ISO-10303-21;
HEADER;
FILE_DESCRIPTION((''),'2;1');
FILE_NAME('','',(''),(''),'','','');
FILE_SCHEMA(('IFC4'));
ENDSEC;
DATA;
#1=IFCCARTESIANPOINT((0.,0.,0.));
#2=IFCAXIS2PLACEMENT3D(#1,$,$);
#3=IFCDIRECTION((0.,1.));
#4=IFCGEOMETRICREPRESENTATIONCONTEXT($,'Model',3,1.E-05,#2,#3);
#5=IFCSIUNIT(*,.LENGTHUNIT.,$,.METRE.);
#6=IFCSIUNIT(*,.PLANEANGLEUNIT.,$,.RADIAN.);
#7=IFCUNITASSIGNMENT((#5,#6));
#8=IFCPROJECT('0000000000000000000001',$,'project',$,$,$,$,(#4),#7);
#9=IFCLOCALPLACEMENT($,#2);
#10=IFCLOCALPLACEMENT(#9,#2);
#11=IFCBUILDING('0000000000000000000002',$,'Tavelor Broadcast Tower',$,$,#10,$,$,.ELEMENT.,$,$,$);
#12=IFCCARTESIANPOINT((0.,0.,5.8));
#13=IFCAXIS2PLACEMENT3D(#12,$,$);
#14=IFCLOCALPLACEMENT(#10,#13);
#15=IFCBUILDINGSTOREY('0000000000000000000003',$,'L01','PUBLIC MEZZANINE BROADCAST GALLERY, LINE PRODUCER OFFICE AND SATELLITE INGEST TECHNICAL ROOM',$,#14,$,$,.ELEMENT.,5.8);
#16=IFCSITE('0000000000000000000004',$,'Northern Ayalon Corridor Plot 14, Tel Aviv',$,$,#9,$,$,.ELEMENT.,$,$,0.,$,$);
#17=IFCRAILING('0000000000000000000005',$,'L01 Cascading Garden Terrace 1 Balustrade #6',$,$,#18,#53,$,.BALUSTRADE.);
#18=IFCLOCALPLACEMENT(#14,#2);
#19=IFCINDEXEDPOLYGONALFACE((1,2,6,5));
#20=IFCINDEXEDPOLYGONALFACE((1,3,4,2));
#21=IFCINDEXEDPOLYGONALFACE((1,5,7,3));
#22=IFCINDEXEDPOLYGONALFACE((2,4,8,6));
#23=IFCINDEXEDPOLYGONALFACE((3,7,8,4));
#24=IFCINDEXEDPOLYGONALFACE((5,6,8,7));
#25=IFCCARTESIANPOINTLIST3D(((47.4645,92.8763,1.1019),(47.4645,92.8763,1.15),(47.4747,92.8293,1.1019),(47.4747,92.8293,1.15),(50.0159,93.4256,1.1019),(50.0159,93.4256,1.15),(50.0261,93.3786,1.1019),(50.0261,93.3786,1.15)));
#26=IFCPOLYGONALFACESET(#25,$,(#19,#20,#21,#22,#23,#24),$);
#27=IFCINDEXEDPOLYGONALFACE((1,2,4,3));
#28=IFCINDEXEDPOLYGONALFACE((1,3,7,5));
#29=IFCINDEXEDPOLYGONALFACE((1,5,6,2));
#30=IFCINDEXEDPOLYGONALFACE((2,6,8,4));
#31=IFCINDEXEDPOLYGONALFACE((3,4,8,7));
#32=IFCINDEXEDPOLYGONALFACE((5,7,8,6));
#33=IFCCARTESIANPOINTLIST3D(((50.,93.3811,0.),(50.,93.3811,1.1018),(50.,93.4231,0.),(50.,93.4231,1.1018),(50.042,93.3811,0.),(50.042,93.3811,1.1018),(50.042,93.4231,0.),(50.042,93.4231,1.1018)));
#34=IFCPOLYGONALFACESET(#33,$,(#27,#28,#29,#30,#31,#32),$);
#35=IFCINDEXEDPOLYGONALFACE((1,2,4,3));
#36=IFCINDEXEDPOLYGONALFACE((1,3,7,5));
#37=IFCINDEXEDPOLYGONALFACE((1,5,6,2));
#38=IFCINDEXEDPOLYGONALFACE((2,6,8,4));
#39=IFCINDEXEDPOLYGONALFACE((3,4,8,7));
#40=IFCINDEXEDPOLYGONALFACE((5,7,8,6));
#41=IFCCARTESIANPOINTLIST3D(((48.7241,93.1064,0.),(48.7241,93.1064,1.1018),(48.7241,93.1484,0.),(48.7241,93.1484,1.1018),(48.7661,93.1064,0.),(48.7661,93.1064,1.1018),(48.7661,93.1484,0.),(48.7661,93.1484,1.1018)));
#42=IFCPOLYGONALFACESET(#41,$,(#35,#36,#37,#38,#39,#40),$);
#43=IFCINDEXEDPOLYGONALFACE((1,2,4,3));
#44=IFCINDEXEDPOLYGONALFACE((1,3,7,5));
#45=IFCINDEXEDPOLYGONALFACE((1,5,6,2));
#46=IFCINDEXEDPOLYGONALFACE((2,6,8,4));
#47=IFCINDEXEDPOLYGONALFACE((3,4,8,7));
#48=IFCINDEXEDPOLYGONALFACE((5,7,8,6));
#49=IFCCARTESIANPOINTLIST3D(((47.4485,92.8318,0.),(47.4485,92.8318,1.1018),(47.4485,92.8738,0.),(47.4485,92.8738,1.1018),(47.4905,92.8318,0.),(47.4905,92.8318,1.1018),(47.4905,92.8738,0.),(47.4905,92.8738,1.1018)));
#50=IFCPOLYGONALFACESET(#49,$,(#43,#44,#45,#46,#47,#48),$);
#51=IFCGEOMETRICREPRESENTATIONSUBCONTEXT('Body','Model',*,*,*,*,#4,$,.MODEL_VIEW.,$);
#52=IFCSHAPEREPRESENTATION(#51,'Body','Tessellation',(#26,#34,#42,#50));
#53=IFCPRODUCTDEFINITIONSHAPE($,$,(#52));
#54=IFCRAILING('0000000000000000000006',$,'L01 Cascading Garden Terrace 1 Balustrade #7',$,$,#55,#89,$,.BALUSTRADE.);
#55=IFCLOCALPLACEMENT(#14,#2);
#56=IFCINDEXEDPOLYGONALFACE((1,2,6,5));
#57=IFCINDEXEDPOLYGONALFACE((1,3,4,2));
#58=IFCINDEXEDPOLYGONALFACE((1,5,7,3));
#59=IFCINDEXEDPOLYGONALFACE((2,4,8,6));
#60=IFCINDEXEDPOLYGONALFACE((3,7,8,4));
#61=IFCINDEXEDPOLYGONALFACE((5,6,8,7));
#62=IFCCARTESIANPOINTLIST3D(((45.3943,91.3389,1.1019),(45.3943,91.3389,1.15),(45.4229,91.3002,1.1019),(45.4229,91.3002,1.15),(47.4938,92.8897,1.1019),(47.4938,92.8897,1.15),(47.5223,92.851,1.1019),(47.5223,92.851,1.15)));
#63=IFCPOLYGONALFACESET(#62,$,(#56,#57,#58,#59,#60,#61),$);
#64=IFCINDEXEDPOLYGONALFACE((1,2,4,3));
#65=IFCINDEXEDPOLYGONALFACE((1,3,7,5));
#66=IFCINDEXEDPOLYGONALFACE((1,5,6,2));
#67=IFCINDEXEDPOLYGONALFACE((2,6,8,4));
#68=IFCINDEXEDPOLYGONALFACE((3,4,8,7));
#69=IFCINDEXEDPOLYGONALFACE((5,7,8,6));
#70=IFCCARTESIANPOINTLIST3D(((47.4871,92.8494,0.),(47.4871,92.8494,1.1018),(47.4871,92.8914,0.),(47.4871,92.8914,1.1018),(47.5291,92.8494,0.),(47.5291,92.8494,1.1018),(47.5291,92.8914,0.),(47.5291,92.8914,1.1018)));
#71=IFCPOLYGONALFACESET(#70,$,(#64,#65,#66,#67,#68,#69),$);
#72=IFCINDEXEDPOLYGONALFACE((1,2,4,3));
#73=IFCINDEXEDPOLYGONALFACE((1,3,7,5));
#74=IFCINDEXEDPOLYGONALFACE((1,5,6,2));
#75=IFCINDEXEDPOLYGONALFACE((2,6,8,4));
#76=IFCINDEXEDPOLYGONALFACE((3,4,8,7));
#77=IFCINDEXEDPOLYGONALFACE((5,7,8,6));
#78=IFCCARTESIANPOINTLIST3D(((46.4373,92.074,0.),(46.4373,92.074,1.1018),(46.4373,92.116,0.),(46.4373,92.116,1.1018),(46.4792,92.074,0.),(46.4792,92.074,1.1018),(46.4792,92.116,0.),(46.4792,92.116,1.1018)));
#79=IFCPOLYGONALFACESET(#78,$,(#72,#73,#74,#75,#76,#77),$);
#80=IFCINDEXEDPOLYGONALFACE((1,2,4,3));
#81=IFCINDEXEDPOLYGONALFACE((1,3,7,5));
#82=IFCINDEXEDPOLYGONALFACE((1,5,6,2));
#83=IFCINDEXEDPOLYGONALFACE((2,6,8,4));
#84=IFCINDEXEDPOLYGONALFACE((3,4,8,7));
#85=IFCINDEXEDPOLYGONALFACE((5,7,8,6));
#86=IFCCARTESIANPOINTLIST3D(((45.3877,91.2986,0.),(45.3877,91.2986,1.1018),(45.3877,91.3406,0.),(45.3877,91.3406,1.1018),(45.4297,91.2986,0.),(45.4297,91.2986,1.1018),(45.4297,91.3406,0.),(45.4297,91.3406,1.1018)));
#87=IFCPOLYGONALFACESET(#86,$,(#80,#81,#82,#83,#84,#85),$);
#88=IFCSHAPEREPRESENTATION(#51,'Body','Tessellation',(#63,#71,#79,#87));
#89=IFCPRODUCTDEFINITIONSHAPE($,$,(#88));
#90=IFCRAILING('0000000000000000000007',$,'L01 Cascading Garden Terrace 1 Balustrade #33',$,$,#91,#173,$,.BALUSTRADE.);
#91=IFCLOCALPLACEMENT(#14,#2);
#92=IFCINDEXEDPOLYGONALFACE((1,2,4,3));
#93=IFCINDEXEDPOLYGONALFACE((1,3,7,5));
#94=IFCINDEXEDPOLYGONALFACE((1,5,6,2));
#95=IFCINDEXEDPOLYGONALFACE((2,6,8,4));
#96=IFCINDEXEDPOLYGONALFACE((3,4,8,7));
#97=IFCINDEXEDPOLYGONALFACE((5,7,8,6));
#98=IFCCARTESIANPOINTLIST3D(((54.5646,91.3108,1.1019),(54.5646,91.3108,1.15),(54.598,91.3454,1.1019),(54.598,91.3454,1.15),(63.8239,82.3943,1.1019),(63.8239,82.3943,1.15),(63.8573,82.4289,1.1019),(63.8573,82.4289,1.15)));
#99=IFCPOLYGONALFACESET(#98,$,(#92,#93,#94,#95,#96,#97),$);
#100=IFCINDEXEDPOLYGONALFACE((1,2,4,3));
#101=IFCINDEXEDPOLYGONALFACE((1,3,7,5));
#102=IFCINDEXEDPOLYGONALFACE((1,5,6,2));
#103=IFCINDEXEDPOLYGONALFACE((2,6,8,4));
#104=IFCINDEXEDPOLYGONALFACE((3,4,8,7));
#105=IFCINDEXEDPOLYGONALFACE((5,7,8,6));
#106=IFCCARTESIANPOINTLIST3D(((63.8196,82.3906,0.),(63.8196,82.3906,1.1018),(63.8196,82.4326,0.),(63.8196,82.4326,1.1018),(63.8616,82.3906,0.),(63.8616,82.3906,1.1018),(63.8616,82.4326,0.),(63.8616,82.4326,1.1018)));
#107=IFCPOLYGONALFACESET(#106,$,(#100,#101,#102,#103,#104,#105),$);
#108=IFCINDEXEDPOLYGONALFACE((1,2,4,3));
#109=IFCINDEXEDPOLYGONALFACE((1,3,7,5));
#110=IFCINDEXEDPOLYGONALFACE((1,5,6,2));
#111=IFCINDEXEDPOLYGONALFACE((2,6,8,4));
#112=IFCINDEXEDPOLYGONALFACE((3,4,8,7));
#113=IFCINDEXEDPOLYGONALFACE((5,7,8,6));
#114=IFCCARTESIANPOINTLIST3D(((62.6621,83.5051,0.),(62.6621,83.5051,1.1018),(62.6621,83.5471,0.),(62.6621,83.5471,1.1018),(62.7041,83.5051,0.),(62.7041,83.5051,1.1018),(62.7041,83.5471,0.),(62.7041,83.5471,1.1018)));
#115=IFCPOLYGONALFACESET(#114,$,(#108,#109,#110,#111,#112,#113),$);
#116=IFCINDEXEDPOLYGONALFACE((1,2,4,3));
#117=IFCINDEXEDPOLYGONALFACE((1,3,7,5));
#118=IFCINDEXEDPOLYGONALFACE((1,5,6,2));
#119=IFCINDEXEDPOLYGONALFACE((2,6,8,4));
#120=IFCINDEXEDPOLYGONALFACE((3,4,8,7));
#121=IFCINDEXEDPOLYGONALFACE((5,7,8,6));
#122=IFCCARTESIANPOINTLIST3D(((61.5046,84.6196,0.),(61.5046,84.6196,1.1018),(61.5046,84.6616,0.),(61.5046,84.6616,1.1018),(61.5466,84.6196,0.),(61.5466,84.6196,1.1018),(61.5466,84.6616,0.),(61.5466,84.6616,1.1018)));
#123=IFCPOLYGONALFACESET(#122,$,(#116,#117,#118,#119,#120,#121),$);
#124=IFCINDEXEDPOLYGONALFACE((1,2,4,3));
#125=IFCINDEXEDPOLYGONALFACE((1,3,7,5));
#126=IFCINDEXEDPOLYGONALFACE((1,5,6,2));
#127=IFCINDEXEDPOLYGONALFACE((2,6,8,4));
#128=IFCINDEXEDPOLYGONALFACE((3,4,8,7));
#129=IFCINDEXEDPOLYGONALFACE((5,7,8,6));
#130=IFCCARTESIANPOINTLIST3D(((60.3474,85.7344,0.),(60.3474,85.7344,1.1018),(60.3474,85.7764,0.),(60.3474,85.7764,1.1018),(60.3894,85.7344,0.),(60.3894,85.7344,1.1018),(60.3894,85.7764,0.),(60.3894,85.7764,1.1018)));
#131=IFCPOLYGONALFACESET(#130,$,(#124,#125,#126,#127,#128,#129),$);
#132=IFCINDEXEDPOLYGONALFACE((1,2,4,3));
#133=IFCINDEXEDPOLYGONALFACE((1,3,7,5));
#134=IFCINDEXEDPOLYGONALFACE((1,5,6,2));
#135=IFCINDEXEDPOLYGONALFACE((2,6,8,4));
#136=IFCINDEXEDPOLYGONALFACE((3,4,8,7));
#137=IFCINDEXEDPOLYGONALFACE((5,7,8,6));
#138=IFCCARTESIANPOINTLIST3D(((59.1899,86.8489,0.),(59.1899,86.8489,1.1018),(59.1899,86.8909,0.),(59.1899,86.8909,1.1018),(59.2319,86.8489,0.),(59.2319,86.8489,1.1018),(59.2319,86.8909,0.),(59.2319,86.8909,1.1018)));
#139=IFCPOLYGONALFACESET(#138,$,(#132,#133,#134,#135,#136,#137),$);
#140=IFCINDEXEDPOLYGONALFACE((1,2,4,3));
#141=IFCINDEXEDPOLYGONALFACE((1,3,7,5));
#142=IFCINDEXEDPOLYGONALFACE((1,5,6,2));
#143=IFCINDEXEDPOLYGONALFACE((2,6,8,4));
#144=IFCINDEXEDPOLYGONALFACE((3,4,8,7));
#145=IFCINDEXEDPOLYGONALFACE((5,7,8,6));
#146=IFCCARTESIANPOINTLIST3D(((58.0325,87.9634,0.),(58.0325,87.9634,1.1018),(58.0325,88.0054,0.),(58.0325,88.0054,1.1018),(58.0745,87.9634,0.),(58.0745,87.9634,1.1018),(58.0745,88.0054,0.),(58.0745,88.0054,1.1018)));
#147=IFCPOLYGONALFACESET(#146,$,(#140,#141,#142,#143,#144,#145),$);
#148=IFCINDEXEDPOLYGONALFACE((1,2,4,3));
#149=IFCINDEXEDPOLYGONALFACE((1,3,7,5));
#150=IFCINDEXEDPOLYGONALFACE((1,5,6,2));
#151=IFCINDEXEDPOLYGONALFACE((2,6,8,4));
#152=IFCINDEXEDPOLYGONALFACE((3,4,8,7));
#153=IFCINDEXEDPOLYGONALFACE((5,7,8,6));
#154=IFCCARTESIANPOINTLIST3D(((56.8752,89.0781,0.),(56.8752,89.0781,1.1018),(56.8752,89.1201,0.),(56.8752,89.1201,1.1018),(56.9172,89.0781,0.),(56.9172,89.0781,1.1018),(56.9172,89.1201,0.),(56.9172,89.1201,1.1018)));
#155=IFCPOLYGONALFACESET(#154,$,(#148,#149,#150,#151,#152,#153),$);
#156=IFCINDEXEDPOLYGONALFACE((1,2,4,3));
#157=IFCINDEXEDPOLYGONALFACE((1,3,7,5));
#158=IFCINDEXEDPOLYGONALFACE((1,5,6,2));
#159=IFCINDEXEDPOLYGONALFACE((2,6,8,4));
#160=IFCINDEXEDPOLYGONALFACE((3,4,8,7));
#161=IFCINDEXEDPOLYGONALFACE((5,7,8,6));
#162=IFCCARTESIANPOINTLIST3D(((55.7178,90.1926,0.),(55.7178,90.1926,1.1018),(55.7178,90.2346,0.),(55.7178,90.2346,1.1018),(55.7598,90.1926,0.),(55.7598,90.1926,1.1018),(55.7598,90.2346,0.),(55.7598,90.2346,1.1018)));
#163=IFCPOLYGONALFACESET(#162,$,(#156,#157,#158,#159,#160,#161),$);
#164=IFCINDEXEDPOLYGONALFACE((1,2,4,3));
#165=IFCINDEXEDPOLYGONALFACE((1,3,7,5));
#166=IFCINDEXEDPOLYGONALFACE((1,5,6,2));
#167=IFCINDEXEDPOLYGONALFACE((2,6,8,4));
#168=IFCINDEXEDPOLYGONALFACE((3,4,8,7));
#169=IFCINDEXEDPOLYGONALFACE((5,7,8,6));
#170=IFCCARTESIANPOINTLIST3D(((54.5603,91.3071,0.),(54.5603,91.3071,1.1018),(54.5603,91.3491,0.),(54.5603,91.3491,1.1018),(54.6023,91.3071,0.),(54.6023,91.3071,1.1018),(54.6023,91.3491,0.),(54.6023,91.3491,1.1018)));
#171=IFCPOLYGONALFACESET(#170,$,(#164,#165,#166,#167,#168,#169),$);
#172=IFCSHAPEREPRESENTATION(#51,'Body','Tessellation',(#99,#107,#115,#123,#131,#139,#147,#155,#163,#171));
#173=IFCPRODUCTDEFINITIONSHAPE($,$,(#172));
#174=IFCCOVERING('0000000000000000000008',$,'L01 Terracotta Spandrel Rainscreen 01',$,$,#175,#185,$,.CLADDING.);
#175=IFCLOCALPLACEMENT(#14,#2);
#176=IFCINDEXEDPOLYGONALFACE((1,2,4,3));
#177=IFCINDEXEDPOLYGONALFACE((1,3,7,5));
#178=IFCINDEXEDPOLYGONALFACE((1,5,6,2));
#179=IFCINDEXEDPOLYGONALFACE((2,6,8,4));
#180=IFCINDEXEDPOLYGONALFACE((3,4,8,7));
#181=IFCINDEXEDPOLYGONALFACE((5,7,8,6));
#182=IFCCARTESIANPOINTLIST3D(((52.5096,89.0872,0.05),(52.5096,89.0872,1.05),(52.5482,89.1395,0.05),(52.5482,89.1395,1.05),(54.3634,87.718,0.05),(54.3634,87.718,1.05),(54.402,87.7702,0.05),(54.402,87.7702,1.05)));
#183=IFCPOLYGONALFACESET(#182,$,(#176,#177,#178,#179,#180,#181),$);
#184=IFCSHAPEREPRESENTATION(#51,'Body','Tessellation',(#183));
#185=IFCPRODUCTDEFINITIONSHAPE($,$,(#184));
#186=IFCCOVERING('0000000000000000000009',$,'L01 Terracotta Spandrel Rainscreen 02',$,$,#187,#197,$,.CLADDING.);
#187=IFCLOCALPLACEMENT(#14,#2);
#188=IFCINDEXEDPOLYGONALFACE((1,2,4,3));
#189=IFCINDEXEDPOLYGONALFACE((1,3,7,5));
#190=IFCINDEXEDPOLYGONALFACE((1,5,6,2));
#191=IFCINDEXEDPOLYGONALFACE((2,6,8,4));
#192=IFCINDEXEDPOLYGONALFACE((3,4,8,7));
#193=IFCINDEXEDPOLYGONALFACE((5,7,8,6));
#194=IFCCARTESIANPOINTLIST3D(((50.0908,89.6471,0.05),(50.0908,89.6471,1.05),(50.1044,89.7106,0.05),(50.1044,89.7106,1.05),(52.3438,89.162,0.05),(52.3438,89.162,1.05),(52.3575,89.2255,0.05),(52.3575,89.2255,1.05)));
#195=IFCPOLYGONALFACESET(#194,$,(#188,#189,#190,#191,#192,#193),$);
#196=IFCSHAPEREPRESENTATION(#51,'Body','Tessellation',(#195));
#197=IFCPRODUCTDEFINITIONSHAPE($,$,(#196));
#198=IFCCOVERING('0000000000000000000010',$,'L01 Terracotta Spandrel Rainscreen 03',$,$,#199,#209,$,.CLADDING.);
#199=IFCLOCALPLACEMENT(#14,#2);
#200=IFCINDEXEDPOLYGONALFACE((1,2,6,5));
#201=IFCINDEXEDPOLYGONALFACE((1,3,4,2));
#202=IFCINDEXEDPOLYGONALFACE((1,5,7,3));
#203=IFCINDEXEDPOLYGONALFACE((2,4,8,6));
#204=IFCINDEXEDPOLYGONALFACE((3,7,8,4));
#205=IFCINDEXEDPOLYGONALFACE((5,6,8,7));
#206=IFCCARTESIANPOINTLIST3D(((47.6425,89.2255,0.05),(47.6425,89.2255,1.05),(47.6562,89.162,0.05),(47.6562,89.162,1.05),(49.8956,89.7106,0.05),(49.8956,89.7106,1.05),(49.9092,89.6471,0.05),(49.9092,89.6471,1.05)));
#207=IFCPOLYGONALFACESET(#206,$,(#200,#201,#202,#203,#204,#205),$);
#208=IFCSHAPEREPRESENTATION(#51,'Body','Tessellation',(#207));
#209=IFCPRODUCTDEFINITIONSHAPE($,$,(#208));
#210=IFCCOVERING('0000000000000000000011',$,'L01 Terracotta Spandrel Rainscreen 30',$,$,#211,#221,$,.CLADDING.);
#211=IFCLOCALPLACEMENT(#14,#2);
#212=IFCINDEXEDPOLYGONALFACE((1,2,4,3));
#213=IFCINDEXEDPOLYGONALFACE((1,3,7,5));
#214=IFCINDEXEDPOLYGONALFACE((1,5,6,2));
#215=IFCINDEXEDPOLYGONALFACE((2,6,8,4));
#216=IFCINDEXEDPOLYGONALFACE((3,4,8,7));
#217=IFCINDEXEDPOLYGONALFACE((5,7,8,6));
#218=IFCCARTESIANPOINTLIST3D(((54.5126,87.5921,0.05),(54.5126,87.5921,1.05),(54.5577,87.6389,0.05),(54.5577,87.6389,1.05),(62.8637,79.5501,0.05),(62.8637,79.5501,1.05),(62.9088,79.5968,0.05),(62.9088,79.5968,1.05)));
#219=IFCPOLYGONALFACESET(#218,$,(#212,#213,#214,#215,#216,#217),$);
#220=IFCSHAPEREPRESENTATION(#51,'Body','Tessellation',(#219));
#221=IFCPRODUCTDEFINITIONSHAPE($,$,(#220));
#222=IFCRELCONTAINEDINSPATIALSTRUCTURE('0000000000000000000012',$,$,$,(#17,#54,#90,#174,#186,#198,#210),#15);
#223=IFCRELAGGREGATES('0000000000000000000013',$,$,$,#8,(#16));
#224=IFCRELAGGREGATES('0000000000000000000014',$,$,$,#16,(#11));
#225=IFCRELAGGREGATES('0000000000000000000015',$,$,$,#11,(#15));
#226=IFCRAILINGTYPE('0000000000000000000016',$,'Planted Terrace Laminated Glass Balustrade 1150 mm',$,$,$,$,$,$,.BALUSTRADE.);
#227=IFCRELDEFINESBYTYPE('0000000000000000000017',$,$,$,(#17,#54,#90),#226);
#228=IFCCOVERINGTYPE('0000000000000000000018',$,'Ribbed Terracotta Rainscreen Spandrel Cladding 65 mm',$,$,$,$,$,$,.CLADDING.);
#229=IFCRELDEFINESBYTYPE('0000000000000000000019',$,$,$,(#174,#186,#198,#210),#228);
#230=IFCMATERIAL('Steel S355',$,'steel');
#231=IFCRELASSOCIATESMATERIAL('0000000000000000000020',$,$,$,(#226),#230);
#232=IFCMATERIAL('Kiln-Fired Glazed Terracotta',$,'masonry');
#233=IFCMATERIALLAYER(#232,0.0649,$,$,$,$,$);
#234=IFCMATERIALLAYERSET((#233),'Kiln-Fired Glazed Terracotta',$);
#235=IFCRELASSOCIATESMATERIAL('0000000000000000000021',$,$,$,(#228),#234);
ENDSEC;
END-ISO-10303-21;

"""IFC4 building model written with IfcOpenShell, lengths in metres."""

from ifc_helpers import new_model, si_unit, direction, frame, origin, origin_2d, place, context, subcontext, project, spatial, rectangle, extrude, material, layer, layer_set, type_object, element, save


model = new_model("IFC4")

# Units and contexts
model_context = context("Model", 3, precision=1e-05, world=origin(), true_north=direction((0.0, 1.0)))
body_context = subcontext(model_context, "Body", "Model", "MODEL_VIEW")
ifc_project = project(units=[si_unit("LENGTHUNIT", "METRE"), si_unit("PLANEANGLEUNIT", "RADIAN")], contexts=[model_context])

# Site, building, storey
site_placement = place(None, origin())
site = spatial("IfcSite", under=ifc_project, at=site_placement, Name="Northern Ayalon Corridor Plot 14, Tel Aviv", CompositionType="ELEMENT", RefElevation=0.0)
building_placement = place(site_placement, origin())
building = spatial("IfcBuilding", under=site, at=building_placement, Name="Tavelor Broadcast Tower", CompositionType="ELEMENT")
storey_placement = place(building_placement, frame((0.0, 0.0, 5.8)))
storey = spatial("IfcBuildingStorey", under=building, at=storey_placement, Name="L01", Description="PUBLIC MEZZANINE BROADCAST GALLERY, LINE PRODUCER OFFICE AND SATELLITE INGEST TECHNICAL ROOM", CompositionType="ELEMENT", Elevation=5.8)

# Railings
ifc_material_1 = material(Name="Steel S355", Category="steel")
railing_type = type_object("IfcRailingType", Name="Planted Terrace Laminated Glass Balustrade 1150 mm", PredefinedType="BALUSTRADE", material=ifc_material_1)
railing_1_placement = place(storey_placement, frame((50.021, 93.4021, 0.0)))
element("IfcRailing", 1, at=railing_1_placement, inside=storey, type_object=railing_type, Name="L01 Cascading Garden Terrace 1 Balustrade #6", PredefinedType="BALUSTRADE", context=body_context, shape_type="SweptSolid", body=[
    extrude(rectangle(XDim=0.0481, YDim=0.0481, at=origin_2d()), frame((0.0, 0.0, 1.126), z_axis=(-0.977601, -0.210468, 0.0), x_axis=(0.210468, -0.977601, 0.0)), (0.0, 0.0, 1.0), 2.6099),
    extrude(rectangle(XDim=0.042, YDim=0.042, at=origin_2d()), origin(), (0.0, 0.0, 1.0), 1.1018),
    extrude(rectangle(XDim=0.042, YDim=0.042, at=origin_2d()), frame((-1.2759, -0.2747, 0.0)), (0.0, 0.0, 1.0), 1.1018),
    extrude(rectangle(XDim=0.042, YDim=0.042, at=origin_2d()), frame((-2.5515, -0.5493, 0.0)), (0.0, 0.0, 1.0), 1.1018),
])
railing_2_placement = place(storey_placement, frame((47.5081, 92.8704, 0.0)))
element("IfcRailing", 2, at=railing_2_placement, inside=storey, type_object=railing_type, Name="L01 Cascading Garden Terrace 1 Balustrade #7", PredefinedType="BALUSTRADE", context=body_context, shape_type="SweptSolid", body=[
    extrude(rectangle(XDim=0.0481, YDim=0.0481, at=origin_2d()), frame((0.0, 0.0, 1.126), z_axis=(-0.804345, -0.594162, 0.0), x_axis=(0.594162, -0.804345, 0.0)), (0.0, 0.0, 1.0), 2.6101),
    extrude(rectangle(XDim=0.042, YDim=0.042, at=origin_2d()), origin(), (0.0, 0.0, 1.0), 1.1018),
    extrude(rectangle(XDim=0.042, YDim=0.042, at=origin_2d()), frame((-1.0498, -0.7754, 0.0)), (0.0, 0.0, 1.0), 1.1018),
    extrude(rectangle(XDim=0.042, YDim=0.042, at=origin_2d()), frame((-2.0994, -1.5508, 0.0)), (0.0, 0.0, 1.0), 1.1018),
])
railing_3_placement = place(storey_placement, frame((63.8406, 82.4116, 0.0)))
element("IfcRailing", 3, at=railing_3_placement, inside=storey, type_object=railing_type, Name="L01 Cascading Garden Terrace 1 Balustrade #33", PredefinedType="BALUSTRADE", context=body_context, shape_type="SweptSolid", body=[
    extrude(rectangle(XDim=0.0481, YDim=0.0481, at=origin_2d()), frame((0.0, 0.0, 1.126), z_axis=(-0.720314, 0.693648, 0.0), x_axis=(-0.693648, -0.720314, 0.0)), (0.0, 0.0, 1.0), 12.8545),
    extrude(rectangle(XDim=0.042, YDim=0.042, at=origin_2d()), origin(), (0.0, 0.0, 1.0), 1.1018),
    extrude(rectangle(XDim=0.042, YDim=0.042, at=origin_2d()), frame((-1.1575, 1.1145, 0.0)), (0.0, 0.0, 1.0), 1.1018),
    extrude(rectangle(XDim=0.042, YDim=0.042, at=origin_2d()), frame((-2.3149, 2.229, 0.0)), (0.0, 0.0, 1.0), 1.1018),
    extrude(rectangle(XDim=0.042, YDim=0.042, at=origin_2d()), frame((-3.4722, 3.3438, 0.0)), (0.0, 0.0, 1.0), 1.1018),
    extrude(rectangle(XDim=0.042, YDim=0.042, at=origin_2d()), frame((-4.6296, 4.4583, 0.0)), (0.0, 0.0, 1.0), 1.1018),
    extrude(rectangle(XDim=0.042, YDim=0.042, at=origin_2d()), frame((-5.7871, 5.5728, 0.0)), (0.0, 0.0, 1.0), 1.1018),
    extrude(rectangle(XDim=0.042, YDim=0.042, at=origin_2d()), frame((-6.9443, 6.6875, 0.0)), (0.0, 0.0, 1.0), 1.1018),
    extrude(rectangle(XDim=0.042, YDim=0.042, at=origin_2d()), frame((-8.1018, 7.802, 0.0)), (0.0, 0.0, 1.0), 1.1018),
    extrude(rectangle(XDim=0.042, YDim=0.042, at=origin_2d()), frame((-9.2593, 8.9165, 0.0)), (0.0, 0.0, 1.0), 1.1018),
])

# Coverings
ifc_material_2 = material(Name="Kiln-Fired Glazed Terracotta", Category="masonry")
ifc_layer_1 = layer(ifc_material_2, 0.0649)
ifc_layer_set_1 = layer_set([ifc_layer_1], Name="Kiln-Fired Glazed Terracotta")
covering_type = type_object("IfcCoveringType", Name="Ribbed Terracotta Rainscreen Spandrel Cladding 65 mm", PredefinedType="CLADDING", material=ifc_layer_set_1)
for number, where, z_axis, x_axis, name in (
    (4, (53.4558, 88.4287, 0.05), (0.0, 0.0, 1.0), (-0.804376, 0.594121, 0.0), "L01 Terracotta Spandrel Rainscreen 01"),
    (5, (51.2241, 89.4363, 0.05), (0.0, 0.0, 1.0), (-0.9776, 0.210472, 0.0), "L01 Terracotta Spandrel Rainscreen 02"),
    (6, (48.7759, 89.4363, 0.05), (0.0, 0.0, 1.0), (-0.9776, -0.210472, 0.0), "L01 Terracotta Spandrel Rainscreen 03"),
):
    element("IfcCovering", number, at=place(storey_placement, frame(where, z_axis=z_axis, x_axis=x_axis)), inside=storey, type_object=covering_type, Name=name, PredefinedType="CLADDING", context=body_context, shape_type="SweptSolid", body=[
        extrude(rectangle(XDim=2.3047, YDim=0.0649, at=origin_2d()), origin(), (0.0, 0.0, 1.0), 1.0),
    ])
covering_placement = place(storey_placement, frame((58.7107, 83.5945, 0.05), z_axis=(0.0, 0.0, 1.0), x_axis=(-0.720309, 0.693653, 0.0)))
element("IfcCovering", 7, at=covering_placement, inside=storey, type_object=covering_type, Name="L01 Terracotta Spandrel Rainscreen 30", PredefinedType="CLADDING", context=body_context, shape_type="SweptSolid", body=[
    extrude(rectangle(XDim=11.5938, YDim=0.0649, at=origin_2d()), origin(), (0.0, 0.0, 1.0), 1.0),
])

save(model, "model.ifc")
